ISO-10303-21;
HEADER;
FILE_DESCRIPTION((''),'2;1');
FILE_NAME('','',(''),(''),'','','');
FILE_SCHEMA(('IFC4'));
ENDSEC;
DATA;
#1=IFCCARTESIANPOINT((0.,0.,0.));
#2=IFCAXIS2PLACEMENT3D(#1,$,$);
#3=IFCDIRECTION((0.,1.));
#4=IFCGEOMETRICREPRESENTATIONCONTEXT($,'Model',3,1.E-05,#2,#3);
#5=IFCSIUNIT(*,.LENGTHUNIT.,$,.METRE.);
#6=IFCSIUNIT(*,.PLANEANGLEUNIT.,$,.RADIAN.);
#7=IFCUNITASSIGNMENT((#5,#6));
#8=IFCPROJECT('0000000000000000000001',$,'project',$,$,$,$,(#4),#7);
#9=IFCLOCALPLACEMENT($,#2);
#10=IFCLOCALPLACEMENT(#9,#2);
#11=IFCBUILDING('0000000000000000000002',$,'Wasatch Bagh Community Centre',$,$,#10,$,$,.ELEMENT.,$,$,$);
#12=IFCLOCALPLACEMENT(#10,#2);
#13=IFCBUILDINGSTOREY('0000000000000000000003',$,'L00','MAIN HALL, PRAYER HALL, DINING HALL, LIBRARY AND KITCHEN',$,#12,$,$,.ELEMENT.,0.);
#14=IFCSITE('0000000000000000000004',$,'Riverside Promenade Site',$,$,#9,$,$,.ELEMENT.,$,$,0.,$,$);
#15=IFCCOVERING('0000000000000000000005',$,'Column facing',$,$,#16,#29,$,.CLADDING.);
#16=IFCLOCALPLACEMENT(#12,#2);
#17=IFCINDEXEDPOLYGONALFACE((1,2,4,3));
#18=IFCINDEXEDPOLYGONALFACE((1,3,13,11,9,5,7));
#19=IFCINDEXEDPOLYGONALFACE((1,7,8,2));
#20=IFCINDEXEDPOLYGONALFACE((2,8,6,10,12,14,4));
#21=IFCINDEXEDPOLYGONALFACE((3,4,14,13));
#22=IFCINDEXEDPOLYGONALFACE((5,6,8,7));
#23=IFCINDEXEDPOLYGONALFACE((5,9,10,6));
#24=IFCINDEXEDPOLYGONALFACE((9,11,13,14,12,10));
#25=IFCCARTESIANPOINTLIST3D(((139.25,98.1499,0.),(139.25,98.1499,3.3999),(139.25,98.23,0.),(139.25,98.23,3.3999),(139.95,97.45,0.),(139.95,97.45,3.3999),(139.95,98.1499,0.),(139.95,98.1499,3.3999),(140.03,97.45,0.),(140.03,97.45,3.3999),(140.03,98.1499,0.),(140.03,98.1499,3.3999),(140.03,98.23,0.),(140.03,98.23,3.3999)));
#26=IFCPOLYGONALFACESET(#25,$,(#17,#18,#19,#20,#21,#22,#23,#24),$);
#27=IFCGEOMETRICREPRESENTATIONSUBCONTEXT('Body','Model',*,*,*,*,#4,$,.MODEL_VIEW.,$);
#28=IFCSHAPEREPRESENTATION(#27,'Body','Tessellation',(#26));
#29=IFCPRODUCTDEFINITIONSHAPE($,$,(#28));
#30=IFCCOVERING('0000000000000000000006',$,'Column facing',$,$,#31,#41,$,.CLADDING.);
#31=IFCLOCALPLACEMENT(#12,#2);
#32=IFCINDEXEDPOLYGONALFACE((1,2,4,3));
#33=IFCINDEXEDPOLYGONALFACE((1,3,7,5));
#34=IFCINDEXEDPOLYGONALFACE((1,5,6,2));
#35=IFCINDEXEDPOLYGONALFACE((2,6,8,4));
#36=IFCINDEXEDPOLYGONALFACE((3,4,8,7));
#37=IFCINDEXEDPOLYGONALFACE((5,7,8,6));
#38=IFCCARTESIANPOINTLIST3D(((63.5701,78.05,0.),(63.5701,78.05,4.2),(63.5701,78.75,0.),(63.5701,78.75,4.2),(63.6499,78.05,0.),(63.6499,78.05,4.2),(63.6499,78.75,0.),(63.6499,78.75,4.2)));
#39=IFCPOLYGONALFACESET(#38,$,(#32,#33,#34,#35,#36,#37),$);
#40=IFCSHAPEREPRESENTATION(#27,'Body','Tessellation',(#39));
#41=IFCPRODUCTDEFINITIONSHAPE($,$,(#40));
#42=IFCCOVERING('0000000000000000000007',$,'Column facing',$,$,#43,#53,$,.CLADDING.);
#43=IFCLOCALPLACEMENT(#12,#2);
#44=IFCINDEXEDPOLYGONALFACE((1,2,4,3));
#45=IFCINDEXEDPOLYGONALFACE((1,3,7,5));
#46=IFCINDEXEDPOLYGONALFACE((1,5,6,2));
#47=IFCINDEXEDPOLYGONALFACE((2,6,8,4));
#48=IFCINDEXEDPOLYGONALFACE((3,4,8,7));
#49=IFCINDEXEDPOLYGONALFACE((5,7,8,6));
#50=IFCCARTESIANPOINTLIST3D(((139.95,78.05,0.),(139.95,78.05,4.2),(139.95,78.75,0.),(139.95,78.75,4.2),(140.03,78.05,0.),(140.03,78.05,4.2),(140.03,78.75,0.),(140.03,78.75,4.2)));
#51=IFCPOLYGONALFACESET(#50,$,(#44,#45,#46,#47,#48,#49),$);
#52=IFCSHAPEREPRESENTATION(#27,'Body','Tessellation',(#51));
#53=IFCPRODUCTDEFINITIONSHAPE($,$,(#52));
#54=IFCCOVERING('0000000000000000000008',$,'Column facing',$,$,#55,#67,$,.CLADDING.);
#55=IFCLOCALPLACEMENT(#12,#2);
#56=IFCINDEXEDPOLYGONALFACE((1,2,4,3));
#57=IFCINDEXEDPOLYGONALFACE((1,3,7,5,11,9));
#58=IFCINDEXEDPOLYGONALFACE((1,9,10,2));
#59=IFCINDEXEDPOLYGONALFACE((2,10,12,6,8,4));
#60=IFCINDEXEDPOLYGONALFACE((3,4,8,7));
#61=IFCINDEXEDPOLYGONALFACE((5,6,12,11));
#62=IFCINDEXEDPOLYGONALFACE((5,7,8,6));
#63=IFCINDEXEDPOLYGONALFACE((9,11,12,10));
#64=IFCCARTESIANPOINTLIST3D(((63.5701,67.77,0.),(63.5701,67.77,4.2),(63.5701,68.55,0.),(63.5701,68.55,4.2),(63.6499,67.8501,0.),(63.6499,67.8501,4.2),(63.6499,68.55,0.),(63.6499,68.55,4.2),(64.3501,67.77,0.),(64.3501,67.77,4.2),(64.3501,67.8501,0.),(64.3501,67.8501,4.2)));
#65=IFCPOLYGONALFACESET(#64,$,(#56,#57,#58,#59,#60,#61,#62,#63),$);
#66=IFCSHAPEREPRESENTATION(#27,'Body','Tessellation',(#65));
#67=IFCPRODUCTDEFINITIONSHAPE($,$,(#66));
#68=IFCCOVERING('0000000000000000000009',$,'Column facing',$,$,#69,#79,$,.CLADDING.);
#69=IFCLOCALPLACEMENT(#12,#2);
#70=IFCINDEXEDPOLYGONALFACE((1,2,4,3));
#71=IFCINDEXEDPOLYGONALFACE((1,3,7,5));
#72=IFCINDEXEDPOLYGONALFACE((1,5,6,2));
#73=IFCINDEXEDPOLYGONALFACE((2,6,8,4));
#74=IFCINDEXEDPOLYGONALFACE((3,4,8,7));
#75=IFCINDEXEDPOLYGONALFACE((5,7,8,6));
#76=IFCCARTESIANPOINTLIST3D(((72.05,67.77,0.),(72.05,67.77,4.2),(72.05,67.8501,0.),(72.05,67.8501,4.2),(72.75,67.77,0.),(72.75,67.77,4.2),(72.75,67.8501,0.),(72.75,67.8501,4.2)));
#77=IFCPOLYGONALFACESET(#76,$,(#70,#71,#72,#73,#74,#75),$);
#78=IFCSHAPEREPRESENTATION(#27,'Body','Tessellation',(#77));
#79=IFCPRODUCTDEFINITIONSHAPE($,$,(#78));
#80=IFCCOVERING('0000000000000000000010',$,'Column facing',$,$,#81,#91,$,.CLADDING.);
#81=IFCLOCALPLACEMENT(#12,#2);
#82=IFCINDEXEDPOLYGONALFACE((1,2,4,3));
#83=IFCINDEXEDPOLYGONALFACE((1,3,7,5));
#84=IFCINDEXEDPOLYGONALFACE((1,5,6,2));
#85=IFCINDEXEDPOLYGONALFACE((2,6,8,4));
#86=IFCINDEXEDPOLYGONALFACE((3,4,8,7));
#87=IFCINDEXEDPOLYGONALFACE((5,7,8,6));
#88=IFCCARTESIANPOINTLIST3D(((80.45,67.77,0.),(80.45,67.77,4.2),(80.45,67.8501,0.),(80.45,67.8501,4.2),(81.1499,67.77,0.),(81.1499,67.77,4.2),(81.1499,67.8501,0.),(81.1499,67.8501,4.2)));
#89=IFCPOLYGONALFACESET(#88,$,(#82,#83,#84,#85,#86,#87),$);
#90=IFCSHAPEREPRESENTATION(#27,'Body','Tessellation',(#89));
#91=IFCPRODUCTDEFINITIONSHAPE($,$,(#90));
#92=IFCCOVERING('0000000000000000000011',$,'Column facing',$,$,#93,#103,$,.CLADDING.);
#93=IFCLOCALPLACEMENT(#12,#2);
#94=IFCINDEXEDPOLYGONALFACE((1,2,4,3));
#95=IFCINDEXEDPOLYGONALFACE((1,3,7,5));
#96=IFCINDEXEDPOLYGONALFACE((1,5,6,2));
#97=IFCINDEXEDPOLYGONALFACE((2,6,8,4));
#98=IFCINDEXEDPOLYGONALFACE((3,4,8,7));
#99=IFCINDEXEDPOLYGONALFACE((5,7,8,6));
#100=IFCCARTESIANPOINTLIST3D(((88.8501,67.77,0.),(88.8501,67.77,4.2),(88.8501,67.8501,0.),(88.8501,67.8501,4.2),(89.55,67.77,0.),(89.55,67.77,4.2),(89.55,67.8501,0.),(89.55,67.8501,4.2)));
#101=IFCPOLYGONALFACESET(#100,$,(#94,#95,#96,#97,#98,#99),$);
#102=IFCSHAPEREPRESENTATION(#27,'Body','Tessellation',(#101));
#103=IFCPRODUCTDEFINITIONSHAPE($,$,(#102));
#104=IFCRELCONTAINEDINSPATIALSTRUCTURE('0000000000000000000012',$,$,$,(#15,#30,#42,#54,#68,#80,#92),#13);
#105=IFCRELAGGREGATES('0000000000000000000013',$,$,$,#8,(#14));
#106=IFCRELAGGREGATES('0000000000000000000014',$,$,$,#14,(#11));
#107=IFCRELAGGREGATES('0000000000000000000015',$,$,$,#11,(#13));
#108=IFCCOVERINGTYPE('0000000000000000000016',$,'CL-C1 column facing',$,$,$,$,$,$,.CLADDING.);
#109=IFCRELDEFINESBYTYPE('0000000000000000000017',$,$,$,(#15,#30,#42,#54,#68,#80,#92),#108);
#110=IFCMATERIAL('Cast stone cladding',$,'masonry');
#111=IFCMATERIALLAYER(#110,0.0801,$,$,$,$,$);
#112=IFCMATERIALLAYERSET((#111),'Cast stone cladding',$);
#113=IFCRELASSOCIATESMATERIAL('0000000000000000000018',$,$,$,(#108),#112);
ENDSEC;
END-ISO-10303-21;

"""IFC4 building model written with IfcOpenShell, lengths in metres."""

from ifc_helpers import new_model, si_unit, direction, origin, place, context, subcontext, project, spatial, polyline, outline, extrude, material, layer, layer_set, type_object, element, save


model = new_model("IFC4")

# Units and contexts
model_context = context("Model", 3, precision=1e-05, world=origin(), true_north=direction((0.0, 1.0)))
body_context = subcontext(model_context, "Body", "Model", "MODEL_VIEW")
ifc_project = project(units=[si_unit("LENGTHUNIT", "METRE"), si_unit("PLANEANGLEUNIT", "RADIAN")], contexts=[model_context])

# Site, building, storey
site_placement = place(None, origin())
site = spatial("IfcSite", under=ifc_project, at=site_placement, Name="Riverside Promenade Site", CompositionType="ELEMENT", RefElevation=0.0)
building_placement = place(site_placement, origin())
building = spatial("IfcBuilding", under=site, at=building_placement, Name="Wasatch Bagh Community Centre", CompositionType="ELEMENT")
storey_placement = place(building_placement, origin())
storey = spatial("IfcBuildingStorey", under=building, at=storey_placement, Name="L00", Description="MAIN HALL, PRAYER HALL, DINING HALL, LIBRARY AND KITCHEN", CompositionType="ELEMENT", Elevation=0.0)

# Coverings
ifc_material = material(Name="Cast stone cladding", Category="masonry")
ifc_layer = layer(ifc_material, 0.0801)
ifc_layer_set = layer_set([ifc_layer], Name="Cast stone cladding")
covering_type = type_object("IfcCoveringType", Name="CL-C1 column facing", PredefinedType="CLADDING", material=ifc_layer_set)
covering_1_placement = place(storey_placement, origin())
element("IfcCovering", 1, at=covering_1_placement, inside=storey, type_object=covering_type, Name="Column facing", PredefinedType="CLADDING", context=body_context, shape_type="SweptSolid", body=[
    extrude(outline(polyline([(139.95, 98.1499), (139.25, 98.1499), (139.25, 98.23), (140.03, 98.23), (140.03, 98.1499), (140.03, 97.45), (139.95, 97.45), (139.95, 98.1499)])), origin(), (0.0, 0.0, 1.0), 3.3999),
])
covering_2_placement = place(storey_placement, origin())
element("IfcCovering", 2, at=covering_2_placement, inside=storey, type_object=covering_type, Name="Column facing", PredefinedType="CLADDING", context=body_context, shape_type="SweptSolid", body=[
    extrude(outline(polyline([(63.6499, 78.75), (63.6499, 78.05), (63.5701, 78.05), (63.5701, 78.75), (63.6499, 78.75)])), origin(), (0.0, 0.0, 1.0), 4.2),
])
covering_3_placement = place(storey_placement, origin())
element("IfcCovering", 3, at=covering_3_placement, inside=storey, type_object=covering_type, Name="Column facing", PredefinedType="CLADDING", context=body_context, shape_type="SweptSolid", body=[
    extrude(outline(polyline([(139.95, 78.05), (139.95, 78.75), (140.03, 78.75), (140.03, 78.05), (139.95, 78.05)])), origin(), (0.0, 0.0, 1.0), 4.2),
])
covering_4_placement = place(storey_placement, origin())
element("IfcCovering", 4, at=covering_4_placement, inside=storey, type_object=covering_type, Name="Column facing", PredefinedType="CLADDING", context=body_context, shape_type="SweptSolid", body=[
    extrude(outline(polyline([(63.5701, 67.77), (63.5701, 68.55), (63.6499, 68.55), (63.6499, 67.8501), (64.3501, 67.8501), (64.3501, 67.77), (63.5701, 67.77)])), origin(), (0.0, 0.0, 1.0), 4.2),
])
covering_5_placement = place(storey_placement, origin())
element("IfcCovering", 5, at=covering_5_placement, inside=storey, type_object=covering_type, Name="Column facing", PredefinedType="CLADDING", context=body_context, shape_type="SweptSolid", body=[
    extrude(outline(polyline([(72.05, 67.8501), (72.75, 67.8501), (72.75, 67.77), (72.05, 67.77), (72.05, 67.8501)])), origin(), (0.0, 0.0, 1.0), 4.2),
])
covering_6_placement = place(storey_placement, origin())
element("IfcCovering", 6, at=covering_6_placement, inside=storey, type_object=covering_type, Name="Column facing", PredefinedType="CLADDING", context=body_context, shape_type="SweptSolid", body=[
    extrude(outline(polyline([(80.45, 67.8501), (81.1499, 67.8501), (81.1499, 67.77), (80.45, 67.77), (80.45, 67.8501)])), origin(), (0.0, 0.0, 1.0), 4.2),
])
covering_7_placement = place(storey_placement, origin())
element("IfcCovering", 7, at=covering_7_placement, inside=storey, type_object=covering_type, Name="Column facing", PredefinedType="CLADDING", context=body_context, shape_type="SweptSolid", body=[
    extrude(outline(polyline([(88.8501, 67.8501), (89.55, 67.8501), (89.55, 67.77), (88.8501, 67.77), (88.8501, 67.8501)])), origin(), (0.0, 0.0, 1.0), 4.2),
])

save(model, "model.ifc")
